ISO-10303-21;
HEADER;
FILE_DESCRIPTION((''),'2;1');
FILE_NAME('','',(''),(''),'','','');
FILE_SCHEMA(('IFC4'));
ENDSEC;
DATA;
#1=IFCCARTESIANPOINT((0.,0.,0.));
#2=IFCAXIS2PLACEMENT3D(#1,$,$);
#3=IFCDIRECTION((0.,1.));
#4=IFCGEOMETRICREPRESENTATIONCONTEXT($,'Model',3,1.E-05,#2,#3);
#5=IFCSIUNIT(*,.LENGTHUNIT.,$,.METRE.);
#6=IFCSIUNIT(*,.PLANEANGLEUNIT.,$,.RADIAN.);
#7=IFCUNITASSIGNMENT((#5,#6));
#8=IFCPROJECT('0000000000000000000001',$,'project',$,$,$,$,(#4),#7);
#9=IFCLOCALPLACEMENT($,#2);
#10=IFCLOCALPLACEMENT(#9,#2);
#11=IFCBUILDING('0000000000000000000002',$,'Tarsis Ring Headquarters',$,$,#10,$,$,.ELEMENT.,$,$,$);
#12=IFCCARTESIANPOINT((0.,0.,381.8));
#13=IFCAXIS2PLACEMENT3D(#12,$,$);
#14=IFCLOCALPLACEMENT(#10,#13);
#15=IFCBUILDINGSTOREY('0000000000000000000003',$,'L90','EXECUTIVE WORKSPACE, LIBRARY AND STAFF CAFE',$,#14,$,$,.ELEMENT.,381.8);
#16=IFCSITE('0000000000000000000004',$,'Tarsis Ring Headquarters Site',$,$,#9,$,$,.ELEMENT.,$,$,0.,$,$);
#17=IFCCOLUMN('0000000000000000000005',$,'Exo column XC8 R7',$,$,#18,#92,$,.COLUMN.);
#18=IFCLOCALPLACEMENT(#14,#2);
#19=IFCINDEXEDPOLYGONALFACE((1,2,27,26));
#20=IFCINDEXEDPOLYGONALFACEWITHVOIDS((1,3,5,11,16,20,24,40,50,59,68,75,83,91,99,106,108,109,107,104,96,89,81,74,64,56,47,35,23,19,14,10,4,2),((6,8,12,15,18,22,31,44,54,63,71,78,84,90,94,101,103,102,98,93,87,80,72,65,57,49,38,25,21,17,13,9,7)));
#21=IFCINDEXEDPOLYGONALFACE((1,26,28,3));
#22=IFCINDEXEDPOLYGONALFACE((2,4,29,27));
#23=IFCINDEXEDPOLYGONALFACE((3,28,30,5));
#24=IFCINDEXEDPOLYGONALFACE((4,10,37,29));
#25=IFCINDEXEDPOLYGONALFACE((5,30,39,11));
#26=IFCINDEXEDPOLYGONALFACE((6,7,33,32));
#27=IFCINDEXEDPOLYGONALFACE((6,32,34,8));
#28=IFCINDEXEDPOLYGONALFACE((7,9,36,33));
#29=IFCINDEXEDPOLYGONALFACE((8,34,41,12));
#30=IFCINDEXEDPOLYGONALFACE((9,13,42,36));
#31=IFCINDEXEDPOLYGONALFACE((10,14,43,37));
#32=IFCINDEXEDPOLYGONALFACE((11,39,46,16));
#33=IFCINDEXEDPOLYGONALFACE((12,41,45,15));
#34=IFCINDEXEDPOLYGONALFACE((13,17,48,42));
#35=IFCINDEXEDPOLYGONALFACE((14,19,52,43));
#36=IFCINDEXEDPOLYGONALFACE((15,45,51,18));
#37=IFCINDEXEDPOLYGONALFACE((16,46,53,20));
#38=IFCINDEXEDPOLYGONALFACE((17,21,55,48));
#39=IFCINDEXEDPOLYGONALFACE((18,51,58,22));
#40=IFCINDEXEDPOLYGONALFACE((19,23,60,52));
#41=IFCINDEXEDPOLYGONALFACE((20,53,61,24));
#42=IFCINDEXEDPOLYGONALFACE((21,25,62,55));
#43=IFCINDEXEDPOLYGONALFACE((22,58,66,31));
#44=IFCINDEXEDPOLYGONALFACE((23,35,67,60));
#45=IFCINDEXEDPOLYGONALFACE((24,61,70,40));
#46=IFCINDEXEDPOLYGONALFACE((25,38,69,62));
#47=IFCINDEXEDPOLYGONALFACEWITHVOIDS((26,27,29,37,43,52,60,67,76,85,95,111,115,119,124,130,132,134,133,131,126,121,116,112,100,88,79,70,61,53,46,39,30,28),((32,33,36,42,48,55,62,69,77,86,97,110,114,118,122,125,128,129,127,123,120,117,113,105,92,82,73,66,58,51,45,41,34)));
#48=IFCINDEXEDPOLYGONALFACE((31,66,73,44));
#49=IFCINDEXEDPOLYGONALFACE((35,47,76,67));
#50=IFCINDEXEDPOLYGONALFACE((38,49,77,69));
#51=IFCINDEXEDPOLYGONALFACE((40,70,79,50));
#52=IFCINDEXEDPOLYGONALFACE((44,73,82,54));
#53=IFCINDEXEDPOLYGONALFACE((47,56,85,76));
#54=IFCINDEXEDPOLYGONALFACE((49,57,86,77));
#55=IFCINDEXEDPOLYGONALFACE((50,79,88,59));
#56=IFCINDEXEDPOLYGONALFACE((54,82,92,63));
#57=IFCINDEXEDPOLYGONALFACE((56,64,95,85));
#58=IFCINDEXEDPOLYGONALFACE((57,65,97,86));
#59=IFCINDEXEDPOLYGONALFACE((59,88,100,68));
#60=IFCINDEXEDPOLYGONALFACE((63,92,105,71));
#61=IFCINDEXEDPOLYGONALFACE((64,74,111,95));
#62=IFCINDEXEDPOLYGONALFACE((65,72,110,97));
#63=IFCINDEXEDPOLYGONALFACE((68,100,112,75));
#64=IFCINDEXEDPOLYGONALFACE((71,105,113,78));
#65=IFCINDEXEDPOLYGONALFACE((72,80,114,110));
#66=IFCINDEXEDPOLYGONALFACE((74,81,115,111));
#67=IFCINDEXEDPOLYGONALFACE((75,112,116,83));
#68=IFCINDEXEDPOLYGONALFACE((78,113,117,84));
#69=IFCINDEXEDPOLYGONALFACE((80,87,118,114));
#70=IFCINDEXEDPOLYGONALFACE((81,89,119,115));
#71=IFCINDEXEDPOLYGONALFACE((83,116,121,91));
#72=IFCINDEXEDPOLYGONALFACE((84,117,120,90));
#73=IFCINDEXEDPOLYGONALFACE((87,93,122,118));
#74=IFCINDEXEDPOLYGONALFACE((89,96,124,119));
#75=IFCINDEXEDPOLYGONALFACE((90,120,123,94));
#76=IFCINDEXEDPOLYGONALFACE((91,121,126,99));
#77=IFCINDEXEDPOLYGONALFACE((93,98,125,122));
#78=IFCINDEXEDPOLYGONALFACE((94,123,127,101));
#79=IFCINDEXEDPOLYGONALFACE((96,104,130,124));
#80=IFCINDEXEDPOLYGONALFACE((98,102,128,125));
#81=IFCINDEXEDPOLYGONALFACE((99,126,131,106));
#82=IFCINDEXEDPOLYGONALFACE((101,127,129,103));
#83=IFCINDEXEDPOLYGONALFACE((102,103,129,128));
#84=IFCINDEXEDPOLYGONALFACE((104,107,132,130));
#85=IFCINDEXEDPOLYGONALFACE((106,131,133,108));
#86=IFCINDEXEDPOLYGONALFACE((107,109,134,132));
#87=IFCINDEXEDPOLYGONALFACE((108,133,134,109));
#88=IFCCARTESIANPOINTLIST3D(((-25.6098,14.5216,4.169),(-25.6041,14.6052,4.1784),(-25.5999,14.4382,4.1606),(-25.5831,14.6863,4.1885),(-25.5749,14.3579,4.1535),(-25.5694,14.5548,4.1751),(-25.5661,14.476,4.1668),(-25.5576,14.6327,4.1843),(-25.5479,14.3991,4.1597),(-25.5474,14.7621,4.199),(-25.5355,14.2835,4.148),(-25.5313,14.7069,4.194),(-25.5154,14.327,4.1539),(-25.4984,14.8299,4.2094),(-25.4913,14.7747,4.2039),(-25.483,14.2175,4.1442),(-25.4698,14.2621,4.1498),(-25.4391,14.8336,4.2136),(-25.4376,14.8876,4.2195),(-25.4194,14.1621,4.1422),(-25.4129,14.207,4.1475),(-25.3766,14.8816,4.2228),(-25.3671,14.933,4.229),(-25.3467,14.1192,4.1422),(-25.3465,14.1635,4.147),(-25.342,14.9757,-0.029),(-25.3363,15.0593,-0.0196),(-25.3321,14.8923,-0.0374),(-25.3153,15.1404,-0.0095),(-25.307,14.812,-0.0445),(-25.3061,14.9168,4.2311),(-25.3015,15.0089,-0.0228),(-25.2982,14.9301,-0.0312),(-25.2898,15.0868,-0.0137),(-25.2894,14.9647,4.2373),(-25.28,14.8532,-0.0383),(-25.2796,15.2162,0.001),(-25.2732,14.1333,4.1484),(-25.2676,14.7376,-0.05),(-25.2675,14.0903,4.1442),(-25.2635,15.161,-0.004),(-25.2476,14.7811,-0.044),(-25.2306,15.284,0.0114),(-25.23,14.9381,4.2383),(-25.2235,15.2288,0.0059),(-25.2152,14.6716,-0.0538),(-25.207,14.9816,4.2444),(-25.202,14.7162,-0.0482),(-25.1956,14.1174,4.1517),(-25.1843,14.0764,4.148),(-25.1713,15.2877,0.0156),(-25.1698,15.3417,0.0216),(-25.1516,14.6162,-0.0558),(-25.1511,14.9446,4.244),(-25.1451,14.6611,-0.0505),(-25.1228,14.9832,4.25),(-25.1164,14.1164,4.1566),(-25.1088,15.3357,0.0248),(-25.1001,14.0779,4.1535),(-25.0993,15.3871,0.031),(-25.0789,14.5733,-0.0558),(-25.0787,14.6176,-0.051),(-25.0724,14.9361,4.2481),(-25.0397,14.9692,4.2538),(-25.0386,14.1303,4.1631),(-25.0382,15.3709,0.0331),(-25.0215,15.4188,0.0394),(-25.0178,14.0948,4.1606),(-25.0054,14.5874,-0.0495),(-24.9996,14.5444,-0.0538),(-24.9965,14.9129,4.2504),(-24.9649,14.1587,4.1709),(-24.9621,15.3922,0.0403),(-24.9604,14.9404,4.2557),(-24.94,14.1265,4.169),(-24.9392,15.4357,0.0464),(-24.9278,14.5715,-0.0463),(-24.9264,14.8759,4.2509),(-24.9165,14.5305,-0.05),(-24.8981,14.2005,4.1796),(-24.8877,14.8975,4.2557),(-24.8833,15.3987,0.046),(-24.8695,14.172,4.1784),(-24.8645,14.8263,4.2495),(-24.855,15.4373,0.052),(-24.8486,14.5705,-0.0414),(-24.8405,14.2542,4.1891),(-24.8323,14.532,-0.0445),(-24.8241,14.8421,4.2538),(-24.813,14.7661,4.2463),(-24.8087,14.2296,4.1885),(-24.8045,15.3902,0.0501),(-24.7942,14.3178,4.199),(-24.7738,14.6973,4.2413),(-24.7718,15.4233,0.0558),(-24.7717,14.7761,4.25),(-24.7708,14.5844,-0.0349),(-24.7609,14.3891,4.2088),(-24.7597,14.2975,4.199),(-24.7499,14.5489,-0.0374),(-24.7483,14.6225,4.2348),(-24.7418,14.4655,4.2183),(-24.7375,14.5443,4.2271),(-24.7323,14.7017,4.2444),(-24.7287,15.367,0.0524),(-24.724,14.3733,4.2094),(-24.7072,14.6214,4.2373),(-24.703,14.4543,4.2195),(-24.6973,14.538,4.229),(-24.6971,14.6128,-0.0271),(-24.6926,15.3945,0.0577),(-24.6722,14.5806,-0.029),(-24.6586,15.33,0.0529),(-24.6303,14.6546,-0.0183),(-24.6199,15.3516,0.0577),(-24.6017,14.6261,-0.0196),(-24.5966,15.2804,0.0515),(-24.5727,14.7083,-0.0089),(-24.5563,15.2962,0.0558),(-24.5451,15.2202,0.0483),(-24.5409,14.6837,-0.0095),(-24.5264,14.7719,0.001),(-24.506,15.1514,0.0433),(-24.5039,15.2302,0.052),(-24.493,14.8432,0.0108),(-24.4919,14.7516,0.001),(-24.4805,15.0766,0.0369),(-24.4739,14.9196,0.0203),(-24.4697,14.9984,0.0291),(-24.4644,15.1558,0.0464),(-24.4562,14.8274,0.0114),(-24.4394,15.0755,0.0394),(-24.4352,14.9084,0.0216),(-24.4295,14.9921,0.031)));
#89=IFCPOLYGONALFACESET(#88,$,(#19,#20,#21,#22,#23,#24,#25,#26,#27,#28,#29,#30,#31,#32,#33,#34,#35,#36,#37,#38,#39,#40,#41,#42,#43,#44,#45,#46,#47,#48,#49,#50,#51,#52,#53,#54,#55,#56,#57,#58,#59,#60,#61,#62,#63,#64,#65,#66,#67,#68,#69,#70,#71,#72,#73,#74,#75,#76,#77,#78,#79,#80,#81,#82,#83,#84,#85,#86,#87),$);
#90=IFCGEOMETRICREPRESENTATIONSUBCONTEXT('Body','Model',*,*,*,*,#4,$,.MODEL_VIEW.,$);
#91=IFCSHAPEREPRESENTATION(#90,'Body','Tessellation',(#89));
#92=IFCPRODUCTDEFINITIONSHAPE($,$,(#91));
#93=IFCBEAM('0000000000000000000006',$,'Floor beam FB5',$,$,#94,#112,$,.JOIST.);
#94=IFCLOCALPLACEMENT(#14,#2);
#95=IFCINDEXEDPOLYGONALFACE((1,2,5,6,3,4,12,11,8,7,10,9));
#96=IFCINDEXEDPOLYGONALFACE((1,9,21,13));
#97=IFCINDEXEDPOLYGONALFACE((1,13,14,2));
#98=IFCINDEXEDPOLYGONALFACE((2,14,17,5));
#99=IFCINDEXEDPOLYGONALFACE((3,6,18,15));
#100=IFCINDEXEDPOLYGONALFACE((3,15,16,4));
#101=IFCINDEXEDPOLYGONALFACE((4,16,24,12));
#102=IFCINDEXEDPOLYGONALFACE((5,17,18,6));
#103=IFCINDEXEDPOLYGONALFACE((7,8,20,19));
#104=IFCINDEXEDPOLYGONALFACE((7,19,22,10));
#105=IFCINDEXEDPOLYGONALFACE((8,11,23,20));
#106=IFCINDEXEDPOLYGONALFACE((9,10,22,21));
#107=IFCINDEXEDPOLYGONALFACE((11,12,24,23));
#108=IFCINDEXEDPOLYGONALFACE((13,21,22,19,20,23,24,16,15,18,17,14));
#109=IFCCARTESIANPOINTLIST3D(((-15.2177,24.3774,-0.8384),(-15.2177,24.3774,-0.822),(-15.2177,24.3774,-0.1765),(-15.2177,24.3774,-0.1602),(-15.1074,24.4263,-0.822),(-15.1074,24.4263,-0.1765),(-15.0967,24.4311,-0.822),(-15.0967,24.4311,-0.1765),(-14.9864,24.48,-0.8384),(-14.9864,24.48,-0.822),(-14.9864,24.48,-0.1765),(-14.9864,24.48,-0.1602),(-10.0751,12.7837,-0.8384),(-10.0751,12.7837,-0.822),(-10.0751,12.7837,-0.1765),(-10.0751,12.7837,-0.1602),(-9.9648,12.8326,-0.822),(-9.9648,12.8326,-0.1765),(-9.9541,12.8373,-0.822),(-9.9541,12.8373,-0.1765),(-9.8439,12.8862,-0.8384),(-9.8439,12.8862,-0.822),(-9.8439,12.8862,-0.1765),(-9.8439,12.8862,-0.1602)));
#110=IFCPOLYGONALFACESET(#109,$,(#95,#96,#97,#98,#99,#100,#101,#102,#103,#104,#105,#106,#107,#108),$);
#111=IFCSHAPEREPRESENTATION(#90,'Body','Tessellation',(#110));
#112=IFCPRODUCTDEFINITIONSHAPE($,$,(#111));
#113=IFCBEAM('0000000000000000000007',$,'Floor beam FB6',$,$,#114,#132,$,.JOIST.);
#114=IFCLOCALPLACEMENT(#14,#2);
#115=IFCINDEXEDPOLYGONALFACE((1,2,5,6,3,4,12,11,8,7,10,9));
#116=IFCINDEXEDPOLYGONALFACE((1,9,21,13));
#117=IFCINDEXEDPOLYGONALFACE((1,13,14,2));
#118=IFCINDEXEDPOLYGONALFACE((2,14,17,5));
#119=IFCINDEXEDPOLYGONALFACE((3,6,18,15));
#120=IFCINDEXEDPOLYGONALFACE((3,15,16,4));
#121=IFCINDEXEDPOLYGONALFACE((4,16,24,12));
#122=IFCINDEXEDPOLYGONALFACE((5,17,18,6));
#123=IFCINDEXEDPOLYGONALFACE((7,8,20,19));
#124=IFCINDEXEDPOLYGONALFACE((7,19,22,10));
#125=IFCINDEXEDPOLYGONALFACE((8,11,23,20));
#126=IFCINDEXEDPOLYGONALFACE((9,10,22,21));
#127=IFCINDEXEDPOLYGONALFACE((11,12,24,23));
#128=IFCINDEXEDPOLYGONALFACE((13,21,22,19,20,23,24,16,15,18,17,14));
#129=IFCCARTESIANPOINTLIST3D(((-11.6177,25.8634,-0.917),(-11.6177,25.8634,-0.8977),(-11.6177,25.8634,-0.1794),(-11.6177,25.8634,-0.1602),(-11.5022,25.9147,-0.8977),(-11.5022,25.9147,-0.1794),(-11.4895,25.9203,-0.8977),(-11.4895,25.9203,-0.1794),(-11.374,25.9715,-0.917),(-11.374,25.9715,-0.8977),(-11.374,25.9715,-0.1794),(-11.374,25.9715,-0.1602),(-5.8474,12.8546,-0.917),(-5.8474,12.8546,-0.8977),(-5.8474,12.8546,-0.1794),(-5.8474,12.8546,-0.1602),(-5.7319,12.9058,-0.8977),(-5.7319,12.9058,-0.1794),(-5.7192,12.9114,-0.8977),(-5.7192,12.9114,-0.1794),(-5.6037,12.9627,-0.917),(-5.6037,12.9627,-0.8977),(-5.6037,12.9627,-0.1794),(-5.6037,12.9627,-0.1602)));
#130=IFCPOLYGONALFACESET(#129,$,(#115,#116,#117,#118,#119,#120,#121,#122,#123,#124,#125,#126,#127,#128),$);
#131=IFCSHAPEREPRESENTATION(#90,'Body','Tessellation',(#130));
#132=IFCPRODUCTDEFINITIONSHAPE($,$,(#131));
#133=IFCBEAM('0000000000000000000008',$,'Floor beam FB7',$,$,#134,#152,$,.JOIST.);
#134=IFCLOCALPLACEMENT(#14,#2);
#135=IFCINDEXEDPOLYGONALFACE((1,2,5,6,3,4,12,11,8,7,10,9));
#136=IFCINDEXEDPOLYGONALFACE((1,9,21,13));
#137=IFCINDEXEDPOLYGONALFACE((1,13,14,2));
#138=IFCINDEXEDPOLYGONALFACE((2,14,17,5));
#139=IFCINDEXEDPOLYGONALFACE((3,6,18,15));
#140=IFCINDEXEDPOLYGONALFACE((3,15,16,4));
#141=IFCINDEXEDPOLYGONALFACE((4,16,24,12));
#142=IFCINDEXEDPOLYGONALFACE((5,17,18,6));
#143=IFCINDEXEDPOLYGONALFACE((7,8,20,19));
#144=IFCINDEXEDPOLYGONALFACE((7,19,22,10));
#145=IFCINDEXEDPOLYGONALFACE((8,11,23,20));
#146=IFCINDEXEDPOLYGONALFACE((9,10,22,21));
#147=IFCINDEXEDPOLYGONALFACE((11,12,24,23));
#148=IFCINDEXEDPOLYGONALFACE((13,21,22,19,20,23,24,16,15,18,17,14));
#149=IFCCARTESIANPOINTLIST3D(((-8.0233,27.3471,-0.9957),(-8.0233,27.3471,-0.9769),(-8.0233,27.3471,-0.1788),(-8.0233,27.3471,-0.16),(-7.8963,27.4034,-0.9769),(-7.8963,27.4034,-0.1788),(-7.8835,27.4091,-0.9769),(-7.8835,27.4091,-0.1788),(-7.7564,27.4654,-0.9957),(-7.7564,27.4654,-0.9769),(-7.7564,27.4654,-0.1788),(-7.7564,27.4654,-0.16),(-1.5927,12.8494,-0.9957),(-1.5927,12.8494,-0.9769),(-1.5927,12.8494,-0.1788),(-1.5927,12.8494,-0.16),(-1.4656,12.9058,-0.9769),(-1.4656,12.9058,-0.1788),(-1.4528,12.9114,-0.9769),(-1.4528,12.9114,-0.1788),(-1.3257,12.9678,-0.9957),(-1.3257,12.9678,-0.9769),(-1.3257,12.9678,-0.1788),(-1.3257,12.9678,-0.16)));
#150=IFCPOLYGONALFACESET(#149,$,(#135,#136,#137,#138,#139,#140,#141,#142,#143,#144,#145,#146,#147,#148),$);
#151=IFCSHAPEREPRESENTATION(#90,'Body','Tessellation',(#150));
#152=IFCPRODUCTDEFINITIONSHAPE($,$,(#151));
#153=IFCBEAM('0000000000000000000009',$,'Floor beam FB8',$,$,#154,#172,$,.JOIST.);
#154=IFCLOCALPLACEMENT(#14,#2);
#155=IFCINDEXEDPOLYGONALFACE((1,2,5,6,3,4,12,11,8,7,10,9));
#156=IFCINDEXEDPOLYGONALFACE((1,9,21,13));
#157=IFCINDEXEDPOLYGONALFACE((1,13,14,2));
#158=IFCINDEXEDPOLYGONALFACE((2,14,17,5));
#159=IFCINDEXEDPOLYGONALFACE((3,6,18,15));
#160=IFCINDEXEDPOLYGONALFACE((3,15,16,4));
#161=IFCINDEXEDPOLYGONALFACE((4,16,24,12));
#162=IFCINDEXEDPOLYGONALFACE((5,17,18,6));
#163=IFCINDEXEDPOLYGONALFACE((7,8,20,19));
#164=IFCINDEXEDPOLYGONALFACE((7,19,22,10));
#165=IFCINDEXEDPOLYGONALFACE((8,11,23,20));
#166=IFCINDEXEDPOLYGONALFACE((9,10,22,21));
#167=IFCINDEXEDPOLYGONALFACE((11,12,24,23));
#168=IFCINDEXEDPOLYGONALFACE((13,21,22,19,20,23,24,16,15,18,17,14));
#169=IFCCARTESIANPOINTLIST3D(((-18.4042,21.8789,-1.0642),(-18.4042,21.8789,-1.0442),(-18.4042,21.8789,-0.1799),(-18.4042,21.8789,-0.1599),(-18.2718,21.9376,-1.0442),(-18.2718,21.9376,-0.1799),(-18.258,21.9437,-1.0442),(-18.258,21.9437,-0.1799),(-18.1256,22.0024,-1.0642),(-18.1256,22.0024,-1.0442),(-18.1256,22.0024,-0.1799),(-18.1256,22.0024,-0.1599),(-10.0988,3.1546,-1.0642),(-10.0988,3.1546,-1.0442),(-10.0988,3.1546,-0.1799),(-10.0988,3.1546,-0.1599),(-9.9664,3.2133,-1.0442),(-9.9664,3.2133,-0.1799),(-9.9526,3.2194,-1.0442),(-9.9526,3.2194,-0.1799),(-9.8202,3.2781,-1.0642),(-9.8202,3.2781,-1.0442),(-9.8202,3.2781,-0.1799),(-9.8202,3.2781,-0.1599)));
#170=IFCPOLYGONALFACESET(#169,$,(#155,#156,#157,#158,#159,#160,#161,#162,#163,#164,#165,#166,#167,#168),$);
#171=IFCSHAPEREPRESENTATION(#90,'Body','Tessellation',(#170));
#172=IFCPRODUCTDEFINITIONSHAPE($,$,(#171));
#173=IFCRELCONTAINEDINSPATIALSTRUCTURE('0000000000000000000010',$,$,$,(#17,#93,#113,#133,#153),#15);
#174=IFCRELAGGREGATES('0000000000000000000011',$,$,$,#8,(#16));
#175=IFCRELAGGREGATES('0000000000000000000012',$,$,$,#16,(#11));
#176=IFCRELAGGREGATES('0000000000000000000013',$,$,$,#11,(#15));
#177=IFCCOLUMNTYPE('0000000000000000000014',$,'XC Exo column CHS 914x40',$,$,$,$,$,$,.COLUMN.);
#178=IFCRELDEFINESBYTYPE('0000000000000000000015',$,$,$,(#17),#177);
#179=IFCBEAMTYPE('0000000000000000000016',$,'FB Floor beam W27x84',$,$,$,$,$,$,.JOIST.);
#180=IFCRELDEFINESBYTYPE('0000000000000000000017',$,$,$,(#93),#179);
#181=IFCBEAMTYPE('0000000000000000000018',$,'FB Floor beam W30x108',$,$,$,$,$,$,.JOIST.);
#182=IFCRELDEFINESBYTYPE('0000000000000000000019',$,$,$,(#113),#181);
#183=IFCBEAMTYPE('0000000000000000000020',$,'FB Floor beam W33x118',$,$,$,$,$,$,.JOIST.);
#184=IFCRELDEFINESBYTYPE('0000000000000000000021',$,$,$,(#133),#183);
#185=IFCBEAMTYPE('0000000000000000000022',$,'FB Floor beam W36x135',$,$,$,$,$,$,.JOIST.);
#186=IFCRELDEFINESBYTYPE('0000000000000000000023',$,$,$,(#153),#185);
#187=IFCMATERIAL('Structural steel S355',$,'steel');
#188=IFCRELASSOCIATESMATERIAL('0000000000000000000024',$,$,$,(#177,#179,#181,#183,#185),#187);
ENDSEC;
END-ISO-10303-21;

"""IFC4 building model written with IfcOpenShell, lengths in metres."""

from ifc_helpers import new_model, si_unit, direction, frame, origin, origin_2d, place, context, subcontext, project, spatial, hollow_circle, i_section, extrude, material, material_profile, profile_set, type_object, element, save


model = new_model("IFC4")

# Units and contexts
model_context = context("Model", 3, precision=1e-05, world=origin(), true_north=direction((0.0, 1.0)))
body_context = subcontext(model_context, "Body", "Model", "MODEL_VIEW")
ifc_project = project(units=[si_unit("LENGTHUNIT", "METRE"), si_unit("PLANEANGLEUNIT", "RADIAN")], contexts=[model_context])

# Site, building, storey
site_placement = place(None, origin())
site = spatial("IfcSite", under=ifc_project, at=site_placement, Name="Tarsis Ring Headquarters Site", CompositionType="ELEMENT", RefElevation=0.0)
building_placement = place(site_placement, origin())
building = spatial("IfcBuilding", under=site, at=building_placement, Name="Tarsis Ring Headquarters", CompositionType="ELEMENT")
storey_placement = place(building_placement, frame((0.0, 0.0, 381.8)))
storey = spatial("IfcBuildingStorey", under=building, at=storey_placement, Name="L90", Description="EXECUTIVE WORKSPACE, LIBRARY AND STAFF CAFE", CompositionType="ELEMENT", Elevation=381.8)

# Column
ifc_material_1 = material(Name="Structural steel S355", Category="steel")
ifc_material_profile_1 = material_profile(ifc_material_1, hollow_circle(Radius=0.457, WallThickness=0.04, at=origin_2d()), Name="CHS 914x40")
ifc_profile_set_1 = profile_set([ifc_material_profile_1], Name="Structural steel S355")
column_type = type_object("IfcColumnType", Name="XC Exo column CHS 914x40", PredefinedType="COLUMN", material=ifc_profile_set_1)
for number, where, z_axis, x_axis, name in (
    (1, (-24.8857, 14.9839, 0.001), (-0.0633, -0.107328, 0.992207), (0.86135, -0.508011, 0.0), "Exo column XC8 R7"),
):
    element("IfcColumn", number, at=place(storey_placement, frame(where, z_axis=z_axis, x_axis=x_axis)), inside=storey, type_object=column_type, Name=name, PredefinedType="COLUMN", context=body_context, shape_type="SweptSolid", body=[
        extrude(hollow_circle(Radius=0.4573, WallThickness=0.04, at=origin_2d()), origin(), (0.0, 0.0, 1.0), 4.231),
    ])

# Beams
ifc_material_profile_2 = material_profile(ifc_material_1, i_section(OverallWidth=0.2529, OverallDepth=0.6782, WebThickness=0.0117, FlangeThickness=0.0164, at=origin_2d()), Name="W27x84")
ifc_profile_set_2 = profile_set([ifc_material_profile_2], Name="Structural steel S355")
beam_type_1 = type_object("IfcBeamType", Name="FB Floor beam W27x84", PredefinedType="JOIST", material=ifc_profile_set_2)
beam_1_placement = place(storey_placement, frame((-15.1021, 24.4287, -0.4993), z_axis=(0.405467, -0.91411, 0.0), x_axis=(0.91411, 0.405467, 0.0)))
element("IfcBeam", 2, at=beam_1_placement, inside=storey, type_object=beam_type_1, Name="Floor beam FB5", PredefinedType="JOIST", context=body_context, shape_type="SweptSolid", body=[
    extrude(i_section(OverallWidth=0.2529, OverallDepth=0.6782, WebThickness=0.0117, FlangeThickness=0.0164, at=origin_2d()), origin(), (0.0, 0.0, 1.0), 12.6831),
])
ifc_material_profile_3 = material_profile(ifc_material_1, i_section(OverallWidth=0.2666, OverallDepth=0.7568, WebThickness=0.0139, FlangeThickness=0.0193, at=origin_2d()), Name="W30x108")
ifc_profile_set_3 = profile_set([ifc_material_profile_3], Name="Structural steel S355")
beam_type_2 = type_object("IfcBeamType", Name="FB Floor beam W30x108", PredefinedType="JOIST", material=ifc_profile_set_3)
beam_2_placement = place(storey_placement, frame((-11.4958, 25.9175, -0.5386), z_axis=(0.405468, -0.914109, 0.0), x_axis=(0.914109, 0.405468, 0.0)))
element("IfcBeam", 3, at=beam_2_placement, inside=storey, type_object=beam_type_2, Name="Floor beam FB6", PredefinedType="JOIST", context=body_context, shape_type="SweptSolid", body=[
    extrude(i_section(OverallWidth=0.2666, OverallDepth=0.7568, WebThickness=0.0139, FlangeThickness=0.0193, at=origin_2d()), origin(), (0.0, 0.0, 1.0), 14.2312),
])
ifc_material_profile_4 = material_profile(ifc_material_1, i_section(OverallWidth=0.292, OverallDepth=0.8357, WebThickness=0.0139, FlangeThickness=0.0188, at=origin_2d()), Name="W33x118")
ifc_profile_set_4 = profile_set([ifc_material_profile_4], Name="Structural steel S355")
beam_type_3 = type_object("IfcBeamType", Name="FB Floor beam W33x118", PredefinedType="JOIST", material=ifc_profile_set_4)
beam_3_placement = place(storey_placement, frame((-7.8899, 27.4062, -0.5779), z_axis=(0.40547, -0.914108, 0.0), x_axis=(0.914108, 0.40547, 0.0)))
element("IfcBeam", 4, at=beam_3_placement, inside=storey, type_object=beam_type_3, Name="Floor beam FB7", PredefinedType="JOIST", context=body_context, shape_type="SweptSolid", body=[
    extrude(i_section(OverallWidth=0.292, OverallDepth=0.8357, WebThickness=0.0139, FlangeThickness=0.0188, at=origin_2d()), origin(), (0.0, 0.0, 1.0), 15.8599),
])
ifc_material_profile_5 = material_profile(ifc_material_1, i_section(OverallWidth=0.3047, OverallDepth=0.9043, WebThickness=0.0151, FlangeThickness=0.02, at=origin_2d()), Name="W36x135")
ifc_profile_set_5 = profile_set([ifc_material_profile_5], Name="Structural steel S355")
beam_type_4 = type_object("IfcBeamType", Name="FB Floor beam W36x135", PredefinedType="JOIST", material=ifc_profile_set_5)
beam_4_placement = place(storey_placement, frame((-18.2649, 21.9407, -0.6121), z_axis=(0.405465, -0.914111, 0.0), x_axis=(0.914111, 0.405465, 0.0)))
element("IfcBeam", 5, at=beam_4_placement, inside=storey, type_object=beam_type_4, Name="Floor beam FB8", PredefinedType="JOIST", context=body_context, shape_type="SweptSolid", body=[
    extrude(i_section(OverallWidth=0.3047, OverallDepth=0.9043, WebThickness=0.0151, FlangeThickness=0.02, at=origin_2d()), origin(), (0.0, 0.0, 1.0), 20.4836),
])

save(model, "model.ifc")
